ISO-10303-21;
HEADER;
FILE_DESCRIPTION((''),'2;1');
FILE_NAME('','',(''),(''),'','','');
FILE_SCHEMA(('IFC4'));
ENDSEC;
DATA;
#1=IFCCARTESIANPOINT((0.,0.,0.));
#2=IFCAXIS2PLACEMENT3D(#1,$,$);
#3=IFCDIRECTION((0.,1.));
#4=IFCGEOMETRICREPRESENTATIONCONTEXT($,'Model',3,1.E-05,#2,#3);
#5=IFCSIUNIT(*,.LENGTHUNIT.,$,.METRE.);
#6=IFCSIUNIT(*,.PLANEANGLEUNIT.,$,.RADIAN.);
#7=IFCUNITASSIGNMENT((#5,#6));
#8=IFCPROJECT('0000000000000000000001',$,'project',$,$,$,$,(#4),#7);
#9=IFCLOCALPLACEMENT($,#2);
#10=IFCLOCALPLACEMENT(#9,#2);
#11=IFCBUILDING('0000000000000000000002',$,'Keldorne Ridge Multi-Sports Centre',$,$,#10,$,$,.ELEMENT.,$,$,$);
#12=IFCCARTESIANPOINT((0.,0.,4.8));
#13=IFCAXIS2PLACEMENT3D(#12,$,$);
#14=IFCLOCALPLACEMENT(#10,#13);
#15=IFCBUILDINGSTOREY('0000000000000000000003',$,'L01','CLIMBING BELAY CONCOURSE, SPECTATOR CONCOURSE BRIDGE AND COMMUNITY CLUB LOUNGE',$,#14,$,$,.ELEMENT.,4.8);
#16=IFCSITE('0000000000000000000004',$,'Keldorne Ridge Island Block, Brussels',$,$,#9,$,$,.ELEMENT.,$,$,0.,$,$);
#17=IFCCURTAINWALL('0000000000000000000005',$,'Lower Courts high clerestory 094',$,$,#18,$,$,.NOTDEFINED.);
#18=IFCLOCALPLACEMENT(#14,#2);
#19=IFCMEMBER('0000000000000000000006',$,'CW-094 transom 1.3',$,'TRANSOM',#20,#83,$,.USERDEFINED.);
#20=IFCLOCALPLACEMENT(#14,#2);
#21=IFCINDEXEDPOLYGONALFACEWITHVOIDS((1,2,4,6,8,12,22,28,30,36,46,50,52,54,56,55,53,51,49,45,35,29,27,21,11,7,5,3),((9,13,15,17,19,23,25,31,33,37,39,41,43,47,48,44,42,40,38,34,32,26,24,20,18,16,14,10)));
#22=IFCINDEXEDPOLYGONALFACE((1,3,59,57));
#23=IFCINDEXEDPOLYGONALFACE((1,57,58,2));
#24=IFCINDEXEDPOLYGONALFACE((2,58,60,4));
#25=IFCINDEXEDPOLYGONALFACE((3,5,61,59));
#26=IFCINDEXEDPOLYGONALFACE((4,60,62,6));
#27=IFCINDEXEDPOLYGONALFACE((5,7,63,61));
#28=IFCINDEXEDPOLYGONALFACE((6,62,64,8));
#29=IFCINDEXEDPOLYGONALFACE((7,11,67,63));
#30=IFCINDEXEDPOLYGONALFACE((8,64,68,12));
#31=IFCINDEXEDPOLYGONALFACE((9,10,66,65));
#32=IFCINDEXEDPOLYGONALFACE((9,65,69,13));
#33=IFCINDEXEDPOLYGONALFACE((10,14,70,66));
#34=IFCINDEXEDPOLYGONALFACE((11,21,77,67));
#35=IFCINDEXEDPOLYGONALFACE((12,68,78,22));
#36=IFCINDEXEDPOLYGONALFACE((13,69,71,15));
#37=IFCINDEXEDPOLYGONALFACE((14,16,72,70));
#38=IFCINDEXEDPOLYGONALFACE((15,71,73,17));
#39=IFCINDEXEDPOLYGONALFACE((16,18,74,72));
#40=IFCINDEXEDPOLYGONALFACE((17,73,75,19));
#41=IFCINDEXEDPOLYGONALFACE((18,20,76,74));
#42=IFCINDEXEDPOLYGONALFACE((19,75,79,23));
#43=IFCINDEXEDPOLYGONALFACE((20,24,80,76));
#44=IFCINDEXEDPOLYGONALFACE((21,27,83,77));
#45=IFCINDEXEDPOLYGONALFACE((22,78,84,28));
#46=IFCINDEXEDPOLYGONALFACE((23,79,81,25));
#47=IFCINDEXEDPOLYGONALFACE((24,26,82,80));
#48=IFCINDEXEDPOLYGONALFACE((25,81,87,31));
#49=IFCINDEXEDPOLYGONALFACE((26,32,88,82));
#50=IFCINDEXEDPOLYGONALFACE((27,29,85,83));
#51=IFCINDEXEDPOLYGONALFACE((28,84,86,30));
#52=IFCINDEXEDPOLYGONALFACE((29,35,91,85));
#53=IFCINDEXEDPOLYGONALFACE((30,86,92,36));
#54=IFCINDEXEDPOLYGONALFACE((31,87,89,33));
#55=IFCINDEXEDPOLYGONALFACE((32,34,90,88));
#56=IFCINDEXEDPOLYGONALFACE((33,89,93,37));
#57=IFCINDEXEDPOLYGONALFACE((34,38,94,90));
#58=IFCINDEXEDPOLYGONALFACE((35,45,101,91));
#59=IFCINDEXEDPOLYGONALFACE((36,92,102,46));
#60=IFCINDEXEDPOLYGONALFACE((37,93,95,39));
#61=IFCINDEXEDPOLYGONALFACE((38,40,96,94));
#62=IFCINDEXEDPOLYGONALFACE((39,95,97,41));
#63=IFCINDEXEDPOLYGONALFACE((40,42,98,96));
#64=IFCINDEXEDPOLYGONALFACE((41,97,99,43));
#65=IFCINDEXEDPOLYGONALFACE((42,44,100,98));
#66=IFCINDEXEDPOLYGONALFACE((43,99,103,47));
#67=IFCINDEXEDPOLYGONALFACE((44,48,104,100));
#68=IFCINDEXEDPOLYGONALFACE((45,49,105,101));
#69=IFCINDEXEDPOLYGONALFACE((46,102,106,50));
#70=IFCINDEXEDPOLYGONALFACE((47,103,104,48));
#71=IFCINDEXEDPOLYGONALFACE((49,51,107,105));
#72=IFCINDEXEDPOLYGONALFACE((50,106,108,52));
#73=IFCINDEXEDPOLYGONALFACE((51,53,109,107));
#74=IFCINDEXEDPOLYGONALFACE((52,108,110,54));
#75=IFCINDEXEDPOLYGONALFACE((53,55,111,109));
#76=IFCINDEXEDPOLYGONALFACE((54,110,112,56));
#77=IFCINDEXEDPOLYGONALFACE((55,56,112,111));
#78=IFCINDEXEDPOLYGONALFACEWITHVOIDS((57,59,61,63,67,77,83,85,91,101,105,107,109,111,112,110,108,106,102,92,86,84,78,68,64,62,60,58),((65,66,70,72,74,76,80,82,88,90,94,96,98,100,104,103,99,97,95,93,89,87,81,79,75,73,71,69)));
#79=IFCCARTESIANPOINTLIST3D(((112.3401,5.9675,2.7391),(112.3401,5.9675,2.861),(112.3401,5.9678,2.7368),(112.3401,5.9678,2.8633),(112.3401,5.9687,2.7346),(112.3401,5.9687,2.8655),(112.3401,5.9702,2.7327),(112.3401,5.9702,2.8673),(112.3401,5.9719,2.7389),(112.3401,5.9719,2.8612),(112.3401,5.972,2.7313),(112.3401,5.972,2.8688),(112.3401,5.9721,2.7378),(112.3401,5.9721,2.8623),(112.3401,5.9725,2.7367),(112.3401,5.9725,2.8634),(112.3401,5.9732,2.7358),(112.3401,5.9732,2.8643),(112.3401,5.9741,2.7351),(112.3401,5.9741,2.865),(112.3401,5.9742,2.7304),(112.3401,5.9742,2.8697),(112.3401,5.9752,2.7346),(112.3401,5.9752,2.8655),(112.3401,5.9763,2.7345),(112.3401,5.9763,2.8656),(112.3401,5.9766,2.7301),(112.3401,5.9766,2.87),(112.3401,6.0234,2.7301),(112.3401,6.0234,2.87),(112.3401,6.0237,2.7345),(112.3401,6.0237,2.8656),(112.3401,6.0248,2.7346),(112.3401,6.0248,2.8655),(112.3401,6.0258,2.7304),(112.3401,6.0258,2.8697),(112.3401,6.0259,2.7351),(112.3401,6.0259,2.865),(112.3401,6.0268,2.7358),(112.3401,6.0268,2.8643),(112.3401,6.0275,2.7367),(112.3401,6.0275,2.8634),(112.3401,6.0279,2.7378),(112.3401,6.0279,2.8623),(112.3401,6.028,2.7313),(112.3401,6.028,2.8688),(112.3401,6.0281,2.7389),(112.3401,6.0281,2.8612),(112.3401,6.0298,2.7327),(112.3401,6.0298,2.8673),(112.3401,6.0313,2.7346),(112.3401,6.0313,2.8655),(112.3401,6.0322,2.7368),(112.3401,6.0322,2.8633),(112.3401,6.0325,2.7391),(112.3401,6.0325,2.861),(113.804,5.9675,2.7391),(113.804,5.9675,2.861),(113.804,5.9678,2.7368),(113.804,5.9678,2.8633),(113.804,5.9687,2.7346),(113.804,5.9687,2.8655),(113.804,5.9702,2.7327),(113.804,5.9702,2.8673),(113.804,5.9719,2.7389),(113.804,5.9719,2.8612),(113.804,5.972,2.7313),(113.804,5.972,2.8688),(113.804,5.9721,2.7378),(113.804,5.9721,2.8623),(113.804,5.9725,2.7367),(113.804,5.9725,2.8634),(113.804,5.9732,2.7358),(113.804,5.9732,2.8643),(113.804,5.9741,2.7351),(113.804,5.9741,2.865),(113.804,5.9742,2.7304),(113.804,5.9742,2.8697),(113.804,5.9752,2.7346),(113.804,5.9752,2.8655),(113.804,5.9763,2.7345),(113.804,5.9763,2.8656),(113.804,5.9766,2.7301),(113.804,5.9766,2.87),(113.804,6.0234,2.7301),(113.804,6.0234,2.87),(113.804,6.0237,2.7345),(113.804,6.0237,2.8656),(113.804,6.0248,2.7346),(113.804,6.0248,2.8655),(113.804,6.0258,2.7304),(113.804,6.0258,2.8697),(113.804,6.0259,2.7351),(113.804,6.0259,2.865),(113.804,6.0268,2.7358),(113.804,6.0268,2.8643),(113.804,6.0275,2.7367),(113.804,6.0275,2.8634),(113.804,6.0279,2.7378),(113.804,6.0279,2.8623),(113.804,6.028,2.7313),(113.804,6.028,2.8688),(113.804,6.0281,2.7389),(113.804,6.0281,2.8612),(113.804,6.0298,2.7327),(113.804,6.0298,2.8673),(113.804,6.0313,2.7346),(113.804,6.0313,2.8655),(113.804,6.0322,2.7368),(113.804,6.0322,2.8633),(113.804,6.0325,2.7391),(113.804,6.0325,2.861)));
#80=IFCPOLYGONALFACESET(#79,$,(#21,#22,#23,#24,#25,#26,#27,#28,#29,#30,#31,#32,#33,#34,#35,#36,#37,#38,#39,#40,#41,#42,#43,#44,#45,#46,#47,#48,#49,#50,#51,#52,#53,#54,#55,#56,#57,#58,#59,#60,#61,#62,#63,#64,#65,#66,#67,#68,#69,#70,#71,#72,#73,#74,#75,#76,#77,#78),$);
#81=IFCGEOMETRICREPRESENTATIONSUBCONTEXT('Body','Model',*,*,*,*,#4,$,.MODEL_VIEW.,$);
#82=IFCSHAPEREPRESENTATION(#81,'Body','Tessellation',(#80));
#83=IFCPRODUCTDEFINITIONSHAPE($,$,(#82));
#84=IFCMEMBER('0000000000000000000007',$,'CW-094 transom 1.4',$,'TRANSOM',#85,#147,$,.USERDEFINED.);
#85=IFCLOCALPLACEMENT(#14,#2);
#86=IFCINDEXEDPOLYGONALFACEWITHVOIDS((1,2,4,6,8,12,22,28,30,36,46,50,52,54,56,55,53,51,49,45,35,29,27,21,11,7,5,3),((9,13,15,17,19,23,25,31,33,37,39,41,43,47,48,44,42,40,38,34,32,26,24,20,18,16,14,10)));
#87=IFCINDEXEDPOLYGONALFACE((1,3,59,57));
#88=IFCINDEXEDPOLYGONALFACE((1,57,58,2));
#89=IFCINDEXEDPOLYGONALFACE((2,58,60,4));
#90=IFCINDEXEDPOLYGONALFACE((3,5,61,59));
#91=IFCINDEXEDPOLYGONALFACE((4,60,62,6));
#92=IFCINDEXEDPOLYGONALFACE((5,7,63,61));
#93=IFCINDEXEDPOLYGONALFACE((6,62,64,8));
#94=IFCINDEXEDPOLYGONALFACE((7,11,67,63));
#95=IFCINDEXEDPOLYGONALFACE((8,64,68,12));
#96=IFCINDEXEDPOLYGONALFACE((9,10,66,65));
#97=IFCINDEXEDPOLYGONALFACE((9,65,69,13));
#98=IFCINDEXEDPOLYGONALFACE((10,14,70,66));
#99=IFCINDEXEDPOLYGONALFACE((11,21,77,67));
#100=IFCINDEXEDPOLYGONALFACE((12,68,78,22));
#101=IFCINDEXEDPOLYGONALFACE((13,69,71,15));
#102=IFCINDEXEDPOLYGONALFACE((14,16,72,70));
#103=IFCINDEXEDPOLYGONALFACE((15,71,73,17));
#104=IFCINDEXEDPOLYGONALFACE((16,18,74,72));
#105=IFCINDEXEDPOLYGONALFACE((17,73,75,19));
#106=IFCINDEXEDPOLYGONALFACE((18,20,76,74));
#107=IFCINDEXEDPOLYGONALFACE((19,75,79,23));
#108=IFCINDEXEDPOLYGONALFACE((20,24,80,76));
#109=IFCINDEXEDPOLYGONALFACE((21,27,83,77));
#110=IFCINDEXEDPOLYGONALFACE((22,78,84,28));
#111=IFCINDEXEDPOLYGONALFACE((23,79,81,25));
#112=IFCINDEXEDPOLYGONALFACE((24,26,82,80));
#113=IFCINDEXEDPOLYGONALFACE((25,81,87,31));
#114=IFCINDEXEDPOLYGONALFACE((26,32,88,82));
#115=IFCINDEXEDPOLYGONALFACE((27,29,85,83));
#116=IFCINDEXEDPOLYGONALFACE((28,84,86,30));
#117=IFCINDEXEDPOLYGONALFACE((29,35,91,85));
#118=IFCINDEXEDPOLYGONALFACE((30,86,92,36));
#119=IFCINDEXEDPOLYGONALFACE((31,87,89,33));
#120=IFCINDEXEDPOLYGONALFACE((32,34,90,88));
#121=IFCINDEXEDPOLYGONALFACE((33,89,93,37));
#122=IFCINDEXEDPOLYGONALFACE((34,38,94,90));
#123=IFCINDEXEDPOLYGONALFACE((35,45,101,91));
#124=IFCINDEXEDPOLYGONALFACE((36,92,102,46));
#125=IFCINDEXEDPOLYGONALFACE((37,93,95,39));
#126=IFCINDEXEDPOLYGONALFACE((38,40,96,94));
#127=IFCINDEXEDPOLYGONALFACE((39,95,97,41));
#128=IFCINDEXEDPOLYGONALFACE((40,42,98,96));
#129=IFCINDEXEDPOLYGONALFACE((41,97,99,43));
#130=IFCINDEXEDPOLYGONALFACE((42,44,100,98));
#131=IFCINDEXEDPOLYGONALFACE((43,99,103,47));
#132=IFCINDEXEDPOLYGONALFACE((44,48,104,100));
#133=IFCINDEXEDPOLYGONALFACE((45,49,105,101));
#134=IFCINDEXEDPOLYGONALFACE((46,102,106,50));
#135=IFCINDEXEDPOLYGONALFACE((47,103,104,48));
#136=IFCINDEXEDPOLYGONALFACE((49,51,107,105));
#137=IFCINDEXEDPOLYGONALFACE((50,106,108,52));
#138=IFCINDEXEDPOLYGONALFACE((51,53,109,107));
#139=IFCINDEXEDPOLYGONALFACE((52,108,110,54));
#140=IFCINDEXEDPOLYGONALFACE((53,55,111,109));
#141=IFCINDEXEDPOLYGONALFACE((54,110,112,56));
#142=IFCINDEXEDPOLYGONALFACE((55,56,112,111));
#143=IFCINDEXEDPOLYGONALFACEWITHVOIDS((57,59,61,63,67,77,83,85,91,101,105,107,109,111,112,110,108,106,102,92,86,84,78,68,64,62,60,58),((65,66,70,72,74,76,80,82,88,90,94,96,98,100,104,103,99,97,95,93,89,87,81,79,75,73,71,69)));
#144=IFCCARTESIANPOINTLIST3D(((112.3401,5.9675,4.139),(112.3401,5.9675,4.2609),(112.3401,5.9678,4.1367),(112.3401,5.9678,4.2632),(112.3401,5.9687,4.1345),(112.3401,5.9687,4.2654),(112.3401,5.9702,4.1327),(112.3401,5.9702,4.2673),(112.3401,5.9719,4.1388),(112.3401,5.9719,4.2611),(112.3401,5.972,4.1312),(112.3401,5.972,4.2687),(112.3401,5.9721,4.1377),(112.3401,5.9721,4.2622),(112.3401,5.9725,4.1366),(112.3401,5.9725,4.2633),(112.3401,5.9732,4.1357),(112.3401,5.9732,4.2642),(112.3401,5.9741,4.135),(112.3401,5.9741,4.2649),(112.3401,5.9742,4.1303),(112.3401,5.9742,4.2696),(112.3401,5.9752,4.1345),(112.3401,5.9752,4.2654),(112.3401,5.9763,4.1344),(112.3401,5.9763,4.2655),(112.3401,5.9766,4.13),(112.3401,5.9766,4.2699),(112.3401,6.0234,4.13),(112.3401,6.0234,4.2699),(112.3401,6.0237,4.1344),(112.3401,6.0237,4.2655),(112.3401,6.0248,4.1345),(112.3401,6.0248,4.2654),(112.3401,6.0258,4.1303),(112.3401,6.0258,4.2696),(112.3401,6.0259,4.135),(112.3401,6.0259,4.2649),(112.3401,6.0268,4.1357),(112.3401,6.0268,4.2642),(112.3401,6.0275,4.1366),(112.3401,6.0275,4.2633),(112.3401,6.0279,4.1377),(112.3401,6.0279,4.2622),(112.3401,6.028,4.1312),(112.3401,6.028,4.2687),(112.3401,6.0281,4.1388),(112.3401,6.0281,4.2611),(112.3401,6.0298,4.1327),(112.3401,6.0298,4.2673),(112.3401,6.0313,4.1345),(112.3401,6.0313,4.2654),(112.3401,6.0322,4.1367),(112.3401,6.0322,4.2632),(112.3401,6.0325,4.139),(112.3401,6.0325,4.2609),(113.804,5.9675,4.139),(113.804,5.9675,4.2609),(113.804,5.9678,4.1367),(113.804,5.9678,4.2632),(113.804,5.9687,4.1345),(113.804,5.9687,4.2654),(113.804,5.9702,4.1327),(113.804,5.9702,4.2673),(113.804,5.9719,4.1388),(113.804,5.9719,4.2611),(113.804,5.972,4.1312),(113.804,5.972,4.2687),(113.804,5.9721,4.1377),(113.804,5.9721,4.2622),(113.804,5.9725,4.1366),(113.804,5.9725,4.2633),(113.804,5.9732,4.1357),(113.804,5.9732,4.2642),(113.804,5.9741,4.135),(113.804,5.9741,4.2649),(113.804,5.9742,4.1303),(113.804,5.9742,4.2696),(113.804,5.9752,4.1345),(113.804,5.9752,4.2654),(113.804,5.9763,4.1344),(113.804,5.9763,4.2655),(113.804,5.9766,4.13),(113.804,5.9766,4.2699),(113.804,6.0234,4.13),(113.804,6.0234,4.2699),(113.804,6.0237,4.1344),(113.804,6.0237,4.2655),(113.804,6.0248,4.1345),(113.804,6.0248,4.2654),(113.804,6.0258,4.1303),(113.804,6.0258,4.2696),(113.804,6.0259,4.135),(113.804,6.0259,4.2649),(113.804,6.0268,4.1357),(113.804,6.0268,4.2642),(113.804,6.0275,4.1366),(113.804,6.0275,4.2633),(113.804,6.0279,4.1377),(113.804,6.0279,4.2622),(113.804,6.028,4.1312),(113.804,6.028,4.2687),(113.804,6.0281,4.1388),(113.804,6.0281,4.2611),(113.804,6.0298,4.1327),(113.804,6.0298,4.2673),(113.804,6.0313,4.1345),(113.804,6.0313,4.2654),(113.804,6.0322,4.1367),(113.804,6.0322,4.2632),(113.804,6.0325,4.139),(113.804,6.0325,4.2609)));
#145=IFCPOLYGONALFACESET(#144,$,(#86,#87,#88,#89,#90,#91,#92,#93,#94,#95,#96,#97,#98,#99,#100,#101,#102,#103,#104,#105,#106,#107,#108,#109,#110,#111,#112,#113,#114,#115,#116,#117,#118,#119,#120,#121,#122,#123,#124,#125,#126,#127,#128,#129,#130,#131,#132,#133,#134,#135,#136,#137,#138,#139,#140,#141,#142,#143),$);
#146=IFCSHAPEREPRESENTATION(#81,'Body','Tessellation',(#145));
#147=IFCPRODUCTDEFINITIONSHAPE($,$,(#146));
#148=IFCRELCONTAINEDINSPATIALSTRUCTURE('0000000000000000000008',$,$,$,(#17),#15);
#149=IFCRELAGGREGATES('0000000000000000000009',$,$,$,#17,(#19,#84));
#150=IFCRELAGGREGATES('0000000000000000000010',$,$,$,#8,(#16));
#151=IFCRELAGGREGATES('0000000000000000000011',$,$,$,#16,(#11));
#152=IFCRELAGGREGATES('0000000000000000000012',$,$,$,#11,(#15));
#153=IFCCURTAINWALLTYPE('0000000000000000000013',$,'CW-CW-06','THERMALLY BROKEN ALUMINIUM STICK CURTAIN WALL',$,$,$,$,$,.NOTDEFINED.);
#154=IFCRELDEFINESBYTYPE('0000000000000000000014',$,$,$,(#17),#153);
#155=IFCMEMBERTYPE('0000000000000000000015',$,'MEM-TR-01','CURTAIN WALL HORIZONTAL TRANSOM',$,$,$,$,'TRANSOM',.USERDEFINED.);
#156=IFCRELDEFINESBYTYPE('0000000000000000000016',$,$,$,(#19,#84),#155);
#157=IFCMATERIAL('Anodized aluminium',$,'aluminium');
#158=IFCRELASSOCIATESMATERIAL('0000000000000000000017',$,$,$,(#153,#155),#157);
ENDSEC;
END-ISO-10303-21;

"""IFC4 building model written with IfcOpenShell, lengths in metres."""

from ifc_helpers import new_model, si_unit, direction, frame, origin, origin_2d, place, context, subcontext, project, spatial, hollow_rectangle, extrude, material, material_profile, profile_set, type_object, element, aggregate, save


model = new_model("IFC4")

# Units and contexts
model_context = context("Model", 3, precision=1e-05, world=origin(), true_north=direction((0.0, 1.0)))
body_context = subcontext(model_context, "Body", "Model", "MODEL_VIEW")
ifc_project = project(units=[si_unit("LENGTHUNIT", "METRE"), si_unit("PLANEANGLEUNIT", "RADIAN")], contexts=[model_context])

# Site, building, storey
site_placement = place(None, origin())
site = spatial("IfcSite", under=ifc_project, at=site_placement, Name="Keldorne Ridge Island Block, Brussels", CompositionType="ELEMENT", RefElevation=0.0)
building_placement = place(site_placement, origin())
building = spatial("IfcBuilding", under=site, at=building_placement, Name="Keldorne Ridge Multi-Sports Centre", CompositionType="ELEMENT")
storey_placement = place(building_placement, frame((0.0, 0.0, 4.8)))
storey = spatial("IfcBuildingStorey", under=building, at=storey_placement, Name="L01", Description="CLIMBING BELAY CONCOURSE, SPECTATOR CONCOURSE BRIDGE AND COMMUNITY CLUB LOUNGE", CompositionType="ELEMENT", Elevation=4.8)

# Curtain wall, members
ifc_material_1 = material(Name="Anodized aluminium", Category="aluminium")
curtain_wall_type = type_object("IfcCurtainWallType", Name="CW-CW-06", Description="THERMALLY BROKEN ALUMINIUM STICK CURTAIN WALL", PredefinedType="NOTDEFINED", material=ifc_material_1)
curtain_wall_placement = place(storey_placement, origin())
curtain_wall = element("IfcCurtainWall", 1, at=curtain_wall_placement, inside=storey, type_object=curtain_wall_type, Name="Lower Courts high clerestory 094", PredefinedType="NOTDEFINED")
ifc_material_profile_1 = material_profile(ifc_material_1, hollow_rectangle(XDim=0.0649, YDim=0.1399, WallThickness=0.0044, InnerFilletRadius=0.0044, OuterFilletRadius=0.009, at=origin_2d()), Name="ALU TRANSOM 140x65x4.5")
ifc_profile_set_1 = profile_set([ifc_material_profile_1], Name="Anodized aluminium")
member_type_1 = type_object("IfcMemberType", Name="MEM-TR-01", Description="CURTAIN WALL HORIZONTAL TRANSOM", ElementType="TRANSOM", PredefinedType="USERDEFINED", material=ifc_profile_set_1)
member_1_placement = place(storey_placement, frame((112.3401, 6.0, 2.8), z_axis=(1.0, 0.0, 0.0), x_axis=(0.0, 1.0, 0.0)))
member_1 = element("IfcMember", 2, at=member_1_placement, type_object=member_type_1, Name="CW-094 transom 1.3", ObjectType="TRANSOM", PredefinedType="USERDEFINED", context=body_context, shape_type="SweptSolid", body=[
    extrude(hollow_rectangle(XDim=0.0649, YDim=0.1399, WallThickness=0.0044, InnerFilletRadius=0.0044, OuterFilletRadius=0.009, at=origin_2d()), origin(), (0.0, 0.0, 1.0), 1.4639),
])
member_2_placement = place(storey_placement, frame((112.3401, 6.0, 4.2), z_axis=(1.0, 0.0, 0.0), x_axis=(0.0, 1.0, 0.0)))
member_2 = element("IfcMember", 3, at=member_2_placement, type_object=member_type_1, Name="CW-094 transom 1.4", ObjectType="TRANSOM", PredefinedType="USERDEFINED", context=body_context, shape_type="SweptSolid", body=[
    extrude(hollow_rectangle(XDim=0.0649, YDim=0.1399, WallThickness=0.0044, InnerFilletRadius=0.0044, OuterFilletRadius=0.009, at=origin_2d()), origin(), (0.0, 0.0, 1.0), 1.4639),
])

aggregate(curtain_wall, [member_1, member_2])

save(model, "model.ifc")
